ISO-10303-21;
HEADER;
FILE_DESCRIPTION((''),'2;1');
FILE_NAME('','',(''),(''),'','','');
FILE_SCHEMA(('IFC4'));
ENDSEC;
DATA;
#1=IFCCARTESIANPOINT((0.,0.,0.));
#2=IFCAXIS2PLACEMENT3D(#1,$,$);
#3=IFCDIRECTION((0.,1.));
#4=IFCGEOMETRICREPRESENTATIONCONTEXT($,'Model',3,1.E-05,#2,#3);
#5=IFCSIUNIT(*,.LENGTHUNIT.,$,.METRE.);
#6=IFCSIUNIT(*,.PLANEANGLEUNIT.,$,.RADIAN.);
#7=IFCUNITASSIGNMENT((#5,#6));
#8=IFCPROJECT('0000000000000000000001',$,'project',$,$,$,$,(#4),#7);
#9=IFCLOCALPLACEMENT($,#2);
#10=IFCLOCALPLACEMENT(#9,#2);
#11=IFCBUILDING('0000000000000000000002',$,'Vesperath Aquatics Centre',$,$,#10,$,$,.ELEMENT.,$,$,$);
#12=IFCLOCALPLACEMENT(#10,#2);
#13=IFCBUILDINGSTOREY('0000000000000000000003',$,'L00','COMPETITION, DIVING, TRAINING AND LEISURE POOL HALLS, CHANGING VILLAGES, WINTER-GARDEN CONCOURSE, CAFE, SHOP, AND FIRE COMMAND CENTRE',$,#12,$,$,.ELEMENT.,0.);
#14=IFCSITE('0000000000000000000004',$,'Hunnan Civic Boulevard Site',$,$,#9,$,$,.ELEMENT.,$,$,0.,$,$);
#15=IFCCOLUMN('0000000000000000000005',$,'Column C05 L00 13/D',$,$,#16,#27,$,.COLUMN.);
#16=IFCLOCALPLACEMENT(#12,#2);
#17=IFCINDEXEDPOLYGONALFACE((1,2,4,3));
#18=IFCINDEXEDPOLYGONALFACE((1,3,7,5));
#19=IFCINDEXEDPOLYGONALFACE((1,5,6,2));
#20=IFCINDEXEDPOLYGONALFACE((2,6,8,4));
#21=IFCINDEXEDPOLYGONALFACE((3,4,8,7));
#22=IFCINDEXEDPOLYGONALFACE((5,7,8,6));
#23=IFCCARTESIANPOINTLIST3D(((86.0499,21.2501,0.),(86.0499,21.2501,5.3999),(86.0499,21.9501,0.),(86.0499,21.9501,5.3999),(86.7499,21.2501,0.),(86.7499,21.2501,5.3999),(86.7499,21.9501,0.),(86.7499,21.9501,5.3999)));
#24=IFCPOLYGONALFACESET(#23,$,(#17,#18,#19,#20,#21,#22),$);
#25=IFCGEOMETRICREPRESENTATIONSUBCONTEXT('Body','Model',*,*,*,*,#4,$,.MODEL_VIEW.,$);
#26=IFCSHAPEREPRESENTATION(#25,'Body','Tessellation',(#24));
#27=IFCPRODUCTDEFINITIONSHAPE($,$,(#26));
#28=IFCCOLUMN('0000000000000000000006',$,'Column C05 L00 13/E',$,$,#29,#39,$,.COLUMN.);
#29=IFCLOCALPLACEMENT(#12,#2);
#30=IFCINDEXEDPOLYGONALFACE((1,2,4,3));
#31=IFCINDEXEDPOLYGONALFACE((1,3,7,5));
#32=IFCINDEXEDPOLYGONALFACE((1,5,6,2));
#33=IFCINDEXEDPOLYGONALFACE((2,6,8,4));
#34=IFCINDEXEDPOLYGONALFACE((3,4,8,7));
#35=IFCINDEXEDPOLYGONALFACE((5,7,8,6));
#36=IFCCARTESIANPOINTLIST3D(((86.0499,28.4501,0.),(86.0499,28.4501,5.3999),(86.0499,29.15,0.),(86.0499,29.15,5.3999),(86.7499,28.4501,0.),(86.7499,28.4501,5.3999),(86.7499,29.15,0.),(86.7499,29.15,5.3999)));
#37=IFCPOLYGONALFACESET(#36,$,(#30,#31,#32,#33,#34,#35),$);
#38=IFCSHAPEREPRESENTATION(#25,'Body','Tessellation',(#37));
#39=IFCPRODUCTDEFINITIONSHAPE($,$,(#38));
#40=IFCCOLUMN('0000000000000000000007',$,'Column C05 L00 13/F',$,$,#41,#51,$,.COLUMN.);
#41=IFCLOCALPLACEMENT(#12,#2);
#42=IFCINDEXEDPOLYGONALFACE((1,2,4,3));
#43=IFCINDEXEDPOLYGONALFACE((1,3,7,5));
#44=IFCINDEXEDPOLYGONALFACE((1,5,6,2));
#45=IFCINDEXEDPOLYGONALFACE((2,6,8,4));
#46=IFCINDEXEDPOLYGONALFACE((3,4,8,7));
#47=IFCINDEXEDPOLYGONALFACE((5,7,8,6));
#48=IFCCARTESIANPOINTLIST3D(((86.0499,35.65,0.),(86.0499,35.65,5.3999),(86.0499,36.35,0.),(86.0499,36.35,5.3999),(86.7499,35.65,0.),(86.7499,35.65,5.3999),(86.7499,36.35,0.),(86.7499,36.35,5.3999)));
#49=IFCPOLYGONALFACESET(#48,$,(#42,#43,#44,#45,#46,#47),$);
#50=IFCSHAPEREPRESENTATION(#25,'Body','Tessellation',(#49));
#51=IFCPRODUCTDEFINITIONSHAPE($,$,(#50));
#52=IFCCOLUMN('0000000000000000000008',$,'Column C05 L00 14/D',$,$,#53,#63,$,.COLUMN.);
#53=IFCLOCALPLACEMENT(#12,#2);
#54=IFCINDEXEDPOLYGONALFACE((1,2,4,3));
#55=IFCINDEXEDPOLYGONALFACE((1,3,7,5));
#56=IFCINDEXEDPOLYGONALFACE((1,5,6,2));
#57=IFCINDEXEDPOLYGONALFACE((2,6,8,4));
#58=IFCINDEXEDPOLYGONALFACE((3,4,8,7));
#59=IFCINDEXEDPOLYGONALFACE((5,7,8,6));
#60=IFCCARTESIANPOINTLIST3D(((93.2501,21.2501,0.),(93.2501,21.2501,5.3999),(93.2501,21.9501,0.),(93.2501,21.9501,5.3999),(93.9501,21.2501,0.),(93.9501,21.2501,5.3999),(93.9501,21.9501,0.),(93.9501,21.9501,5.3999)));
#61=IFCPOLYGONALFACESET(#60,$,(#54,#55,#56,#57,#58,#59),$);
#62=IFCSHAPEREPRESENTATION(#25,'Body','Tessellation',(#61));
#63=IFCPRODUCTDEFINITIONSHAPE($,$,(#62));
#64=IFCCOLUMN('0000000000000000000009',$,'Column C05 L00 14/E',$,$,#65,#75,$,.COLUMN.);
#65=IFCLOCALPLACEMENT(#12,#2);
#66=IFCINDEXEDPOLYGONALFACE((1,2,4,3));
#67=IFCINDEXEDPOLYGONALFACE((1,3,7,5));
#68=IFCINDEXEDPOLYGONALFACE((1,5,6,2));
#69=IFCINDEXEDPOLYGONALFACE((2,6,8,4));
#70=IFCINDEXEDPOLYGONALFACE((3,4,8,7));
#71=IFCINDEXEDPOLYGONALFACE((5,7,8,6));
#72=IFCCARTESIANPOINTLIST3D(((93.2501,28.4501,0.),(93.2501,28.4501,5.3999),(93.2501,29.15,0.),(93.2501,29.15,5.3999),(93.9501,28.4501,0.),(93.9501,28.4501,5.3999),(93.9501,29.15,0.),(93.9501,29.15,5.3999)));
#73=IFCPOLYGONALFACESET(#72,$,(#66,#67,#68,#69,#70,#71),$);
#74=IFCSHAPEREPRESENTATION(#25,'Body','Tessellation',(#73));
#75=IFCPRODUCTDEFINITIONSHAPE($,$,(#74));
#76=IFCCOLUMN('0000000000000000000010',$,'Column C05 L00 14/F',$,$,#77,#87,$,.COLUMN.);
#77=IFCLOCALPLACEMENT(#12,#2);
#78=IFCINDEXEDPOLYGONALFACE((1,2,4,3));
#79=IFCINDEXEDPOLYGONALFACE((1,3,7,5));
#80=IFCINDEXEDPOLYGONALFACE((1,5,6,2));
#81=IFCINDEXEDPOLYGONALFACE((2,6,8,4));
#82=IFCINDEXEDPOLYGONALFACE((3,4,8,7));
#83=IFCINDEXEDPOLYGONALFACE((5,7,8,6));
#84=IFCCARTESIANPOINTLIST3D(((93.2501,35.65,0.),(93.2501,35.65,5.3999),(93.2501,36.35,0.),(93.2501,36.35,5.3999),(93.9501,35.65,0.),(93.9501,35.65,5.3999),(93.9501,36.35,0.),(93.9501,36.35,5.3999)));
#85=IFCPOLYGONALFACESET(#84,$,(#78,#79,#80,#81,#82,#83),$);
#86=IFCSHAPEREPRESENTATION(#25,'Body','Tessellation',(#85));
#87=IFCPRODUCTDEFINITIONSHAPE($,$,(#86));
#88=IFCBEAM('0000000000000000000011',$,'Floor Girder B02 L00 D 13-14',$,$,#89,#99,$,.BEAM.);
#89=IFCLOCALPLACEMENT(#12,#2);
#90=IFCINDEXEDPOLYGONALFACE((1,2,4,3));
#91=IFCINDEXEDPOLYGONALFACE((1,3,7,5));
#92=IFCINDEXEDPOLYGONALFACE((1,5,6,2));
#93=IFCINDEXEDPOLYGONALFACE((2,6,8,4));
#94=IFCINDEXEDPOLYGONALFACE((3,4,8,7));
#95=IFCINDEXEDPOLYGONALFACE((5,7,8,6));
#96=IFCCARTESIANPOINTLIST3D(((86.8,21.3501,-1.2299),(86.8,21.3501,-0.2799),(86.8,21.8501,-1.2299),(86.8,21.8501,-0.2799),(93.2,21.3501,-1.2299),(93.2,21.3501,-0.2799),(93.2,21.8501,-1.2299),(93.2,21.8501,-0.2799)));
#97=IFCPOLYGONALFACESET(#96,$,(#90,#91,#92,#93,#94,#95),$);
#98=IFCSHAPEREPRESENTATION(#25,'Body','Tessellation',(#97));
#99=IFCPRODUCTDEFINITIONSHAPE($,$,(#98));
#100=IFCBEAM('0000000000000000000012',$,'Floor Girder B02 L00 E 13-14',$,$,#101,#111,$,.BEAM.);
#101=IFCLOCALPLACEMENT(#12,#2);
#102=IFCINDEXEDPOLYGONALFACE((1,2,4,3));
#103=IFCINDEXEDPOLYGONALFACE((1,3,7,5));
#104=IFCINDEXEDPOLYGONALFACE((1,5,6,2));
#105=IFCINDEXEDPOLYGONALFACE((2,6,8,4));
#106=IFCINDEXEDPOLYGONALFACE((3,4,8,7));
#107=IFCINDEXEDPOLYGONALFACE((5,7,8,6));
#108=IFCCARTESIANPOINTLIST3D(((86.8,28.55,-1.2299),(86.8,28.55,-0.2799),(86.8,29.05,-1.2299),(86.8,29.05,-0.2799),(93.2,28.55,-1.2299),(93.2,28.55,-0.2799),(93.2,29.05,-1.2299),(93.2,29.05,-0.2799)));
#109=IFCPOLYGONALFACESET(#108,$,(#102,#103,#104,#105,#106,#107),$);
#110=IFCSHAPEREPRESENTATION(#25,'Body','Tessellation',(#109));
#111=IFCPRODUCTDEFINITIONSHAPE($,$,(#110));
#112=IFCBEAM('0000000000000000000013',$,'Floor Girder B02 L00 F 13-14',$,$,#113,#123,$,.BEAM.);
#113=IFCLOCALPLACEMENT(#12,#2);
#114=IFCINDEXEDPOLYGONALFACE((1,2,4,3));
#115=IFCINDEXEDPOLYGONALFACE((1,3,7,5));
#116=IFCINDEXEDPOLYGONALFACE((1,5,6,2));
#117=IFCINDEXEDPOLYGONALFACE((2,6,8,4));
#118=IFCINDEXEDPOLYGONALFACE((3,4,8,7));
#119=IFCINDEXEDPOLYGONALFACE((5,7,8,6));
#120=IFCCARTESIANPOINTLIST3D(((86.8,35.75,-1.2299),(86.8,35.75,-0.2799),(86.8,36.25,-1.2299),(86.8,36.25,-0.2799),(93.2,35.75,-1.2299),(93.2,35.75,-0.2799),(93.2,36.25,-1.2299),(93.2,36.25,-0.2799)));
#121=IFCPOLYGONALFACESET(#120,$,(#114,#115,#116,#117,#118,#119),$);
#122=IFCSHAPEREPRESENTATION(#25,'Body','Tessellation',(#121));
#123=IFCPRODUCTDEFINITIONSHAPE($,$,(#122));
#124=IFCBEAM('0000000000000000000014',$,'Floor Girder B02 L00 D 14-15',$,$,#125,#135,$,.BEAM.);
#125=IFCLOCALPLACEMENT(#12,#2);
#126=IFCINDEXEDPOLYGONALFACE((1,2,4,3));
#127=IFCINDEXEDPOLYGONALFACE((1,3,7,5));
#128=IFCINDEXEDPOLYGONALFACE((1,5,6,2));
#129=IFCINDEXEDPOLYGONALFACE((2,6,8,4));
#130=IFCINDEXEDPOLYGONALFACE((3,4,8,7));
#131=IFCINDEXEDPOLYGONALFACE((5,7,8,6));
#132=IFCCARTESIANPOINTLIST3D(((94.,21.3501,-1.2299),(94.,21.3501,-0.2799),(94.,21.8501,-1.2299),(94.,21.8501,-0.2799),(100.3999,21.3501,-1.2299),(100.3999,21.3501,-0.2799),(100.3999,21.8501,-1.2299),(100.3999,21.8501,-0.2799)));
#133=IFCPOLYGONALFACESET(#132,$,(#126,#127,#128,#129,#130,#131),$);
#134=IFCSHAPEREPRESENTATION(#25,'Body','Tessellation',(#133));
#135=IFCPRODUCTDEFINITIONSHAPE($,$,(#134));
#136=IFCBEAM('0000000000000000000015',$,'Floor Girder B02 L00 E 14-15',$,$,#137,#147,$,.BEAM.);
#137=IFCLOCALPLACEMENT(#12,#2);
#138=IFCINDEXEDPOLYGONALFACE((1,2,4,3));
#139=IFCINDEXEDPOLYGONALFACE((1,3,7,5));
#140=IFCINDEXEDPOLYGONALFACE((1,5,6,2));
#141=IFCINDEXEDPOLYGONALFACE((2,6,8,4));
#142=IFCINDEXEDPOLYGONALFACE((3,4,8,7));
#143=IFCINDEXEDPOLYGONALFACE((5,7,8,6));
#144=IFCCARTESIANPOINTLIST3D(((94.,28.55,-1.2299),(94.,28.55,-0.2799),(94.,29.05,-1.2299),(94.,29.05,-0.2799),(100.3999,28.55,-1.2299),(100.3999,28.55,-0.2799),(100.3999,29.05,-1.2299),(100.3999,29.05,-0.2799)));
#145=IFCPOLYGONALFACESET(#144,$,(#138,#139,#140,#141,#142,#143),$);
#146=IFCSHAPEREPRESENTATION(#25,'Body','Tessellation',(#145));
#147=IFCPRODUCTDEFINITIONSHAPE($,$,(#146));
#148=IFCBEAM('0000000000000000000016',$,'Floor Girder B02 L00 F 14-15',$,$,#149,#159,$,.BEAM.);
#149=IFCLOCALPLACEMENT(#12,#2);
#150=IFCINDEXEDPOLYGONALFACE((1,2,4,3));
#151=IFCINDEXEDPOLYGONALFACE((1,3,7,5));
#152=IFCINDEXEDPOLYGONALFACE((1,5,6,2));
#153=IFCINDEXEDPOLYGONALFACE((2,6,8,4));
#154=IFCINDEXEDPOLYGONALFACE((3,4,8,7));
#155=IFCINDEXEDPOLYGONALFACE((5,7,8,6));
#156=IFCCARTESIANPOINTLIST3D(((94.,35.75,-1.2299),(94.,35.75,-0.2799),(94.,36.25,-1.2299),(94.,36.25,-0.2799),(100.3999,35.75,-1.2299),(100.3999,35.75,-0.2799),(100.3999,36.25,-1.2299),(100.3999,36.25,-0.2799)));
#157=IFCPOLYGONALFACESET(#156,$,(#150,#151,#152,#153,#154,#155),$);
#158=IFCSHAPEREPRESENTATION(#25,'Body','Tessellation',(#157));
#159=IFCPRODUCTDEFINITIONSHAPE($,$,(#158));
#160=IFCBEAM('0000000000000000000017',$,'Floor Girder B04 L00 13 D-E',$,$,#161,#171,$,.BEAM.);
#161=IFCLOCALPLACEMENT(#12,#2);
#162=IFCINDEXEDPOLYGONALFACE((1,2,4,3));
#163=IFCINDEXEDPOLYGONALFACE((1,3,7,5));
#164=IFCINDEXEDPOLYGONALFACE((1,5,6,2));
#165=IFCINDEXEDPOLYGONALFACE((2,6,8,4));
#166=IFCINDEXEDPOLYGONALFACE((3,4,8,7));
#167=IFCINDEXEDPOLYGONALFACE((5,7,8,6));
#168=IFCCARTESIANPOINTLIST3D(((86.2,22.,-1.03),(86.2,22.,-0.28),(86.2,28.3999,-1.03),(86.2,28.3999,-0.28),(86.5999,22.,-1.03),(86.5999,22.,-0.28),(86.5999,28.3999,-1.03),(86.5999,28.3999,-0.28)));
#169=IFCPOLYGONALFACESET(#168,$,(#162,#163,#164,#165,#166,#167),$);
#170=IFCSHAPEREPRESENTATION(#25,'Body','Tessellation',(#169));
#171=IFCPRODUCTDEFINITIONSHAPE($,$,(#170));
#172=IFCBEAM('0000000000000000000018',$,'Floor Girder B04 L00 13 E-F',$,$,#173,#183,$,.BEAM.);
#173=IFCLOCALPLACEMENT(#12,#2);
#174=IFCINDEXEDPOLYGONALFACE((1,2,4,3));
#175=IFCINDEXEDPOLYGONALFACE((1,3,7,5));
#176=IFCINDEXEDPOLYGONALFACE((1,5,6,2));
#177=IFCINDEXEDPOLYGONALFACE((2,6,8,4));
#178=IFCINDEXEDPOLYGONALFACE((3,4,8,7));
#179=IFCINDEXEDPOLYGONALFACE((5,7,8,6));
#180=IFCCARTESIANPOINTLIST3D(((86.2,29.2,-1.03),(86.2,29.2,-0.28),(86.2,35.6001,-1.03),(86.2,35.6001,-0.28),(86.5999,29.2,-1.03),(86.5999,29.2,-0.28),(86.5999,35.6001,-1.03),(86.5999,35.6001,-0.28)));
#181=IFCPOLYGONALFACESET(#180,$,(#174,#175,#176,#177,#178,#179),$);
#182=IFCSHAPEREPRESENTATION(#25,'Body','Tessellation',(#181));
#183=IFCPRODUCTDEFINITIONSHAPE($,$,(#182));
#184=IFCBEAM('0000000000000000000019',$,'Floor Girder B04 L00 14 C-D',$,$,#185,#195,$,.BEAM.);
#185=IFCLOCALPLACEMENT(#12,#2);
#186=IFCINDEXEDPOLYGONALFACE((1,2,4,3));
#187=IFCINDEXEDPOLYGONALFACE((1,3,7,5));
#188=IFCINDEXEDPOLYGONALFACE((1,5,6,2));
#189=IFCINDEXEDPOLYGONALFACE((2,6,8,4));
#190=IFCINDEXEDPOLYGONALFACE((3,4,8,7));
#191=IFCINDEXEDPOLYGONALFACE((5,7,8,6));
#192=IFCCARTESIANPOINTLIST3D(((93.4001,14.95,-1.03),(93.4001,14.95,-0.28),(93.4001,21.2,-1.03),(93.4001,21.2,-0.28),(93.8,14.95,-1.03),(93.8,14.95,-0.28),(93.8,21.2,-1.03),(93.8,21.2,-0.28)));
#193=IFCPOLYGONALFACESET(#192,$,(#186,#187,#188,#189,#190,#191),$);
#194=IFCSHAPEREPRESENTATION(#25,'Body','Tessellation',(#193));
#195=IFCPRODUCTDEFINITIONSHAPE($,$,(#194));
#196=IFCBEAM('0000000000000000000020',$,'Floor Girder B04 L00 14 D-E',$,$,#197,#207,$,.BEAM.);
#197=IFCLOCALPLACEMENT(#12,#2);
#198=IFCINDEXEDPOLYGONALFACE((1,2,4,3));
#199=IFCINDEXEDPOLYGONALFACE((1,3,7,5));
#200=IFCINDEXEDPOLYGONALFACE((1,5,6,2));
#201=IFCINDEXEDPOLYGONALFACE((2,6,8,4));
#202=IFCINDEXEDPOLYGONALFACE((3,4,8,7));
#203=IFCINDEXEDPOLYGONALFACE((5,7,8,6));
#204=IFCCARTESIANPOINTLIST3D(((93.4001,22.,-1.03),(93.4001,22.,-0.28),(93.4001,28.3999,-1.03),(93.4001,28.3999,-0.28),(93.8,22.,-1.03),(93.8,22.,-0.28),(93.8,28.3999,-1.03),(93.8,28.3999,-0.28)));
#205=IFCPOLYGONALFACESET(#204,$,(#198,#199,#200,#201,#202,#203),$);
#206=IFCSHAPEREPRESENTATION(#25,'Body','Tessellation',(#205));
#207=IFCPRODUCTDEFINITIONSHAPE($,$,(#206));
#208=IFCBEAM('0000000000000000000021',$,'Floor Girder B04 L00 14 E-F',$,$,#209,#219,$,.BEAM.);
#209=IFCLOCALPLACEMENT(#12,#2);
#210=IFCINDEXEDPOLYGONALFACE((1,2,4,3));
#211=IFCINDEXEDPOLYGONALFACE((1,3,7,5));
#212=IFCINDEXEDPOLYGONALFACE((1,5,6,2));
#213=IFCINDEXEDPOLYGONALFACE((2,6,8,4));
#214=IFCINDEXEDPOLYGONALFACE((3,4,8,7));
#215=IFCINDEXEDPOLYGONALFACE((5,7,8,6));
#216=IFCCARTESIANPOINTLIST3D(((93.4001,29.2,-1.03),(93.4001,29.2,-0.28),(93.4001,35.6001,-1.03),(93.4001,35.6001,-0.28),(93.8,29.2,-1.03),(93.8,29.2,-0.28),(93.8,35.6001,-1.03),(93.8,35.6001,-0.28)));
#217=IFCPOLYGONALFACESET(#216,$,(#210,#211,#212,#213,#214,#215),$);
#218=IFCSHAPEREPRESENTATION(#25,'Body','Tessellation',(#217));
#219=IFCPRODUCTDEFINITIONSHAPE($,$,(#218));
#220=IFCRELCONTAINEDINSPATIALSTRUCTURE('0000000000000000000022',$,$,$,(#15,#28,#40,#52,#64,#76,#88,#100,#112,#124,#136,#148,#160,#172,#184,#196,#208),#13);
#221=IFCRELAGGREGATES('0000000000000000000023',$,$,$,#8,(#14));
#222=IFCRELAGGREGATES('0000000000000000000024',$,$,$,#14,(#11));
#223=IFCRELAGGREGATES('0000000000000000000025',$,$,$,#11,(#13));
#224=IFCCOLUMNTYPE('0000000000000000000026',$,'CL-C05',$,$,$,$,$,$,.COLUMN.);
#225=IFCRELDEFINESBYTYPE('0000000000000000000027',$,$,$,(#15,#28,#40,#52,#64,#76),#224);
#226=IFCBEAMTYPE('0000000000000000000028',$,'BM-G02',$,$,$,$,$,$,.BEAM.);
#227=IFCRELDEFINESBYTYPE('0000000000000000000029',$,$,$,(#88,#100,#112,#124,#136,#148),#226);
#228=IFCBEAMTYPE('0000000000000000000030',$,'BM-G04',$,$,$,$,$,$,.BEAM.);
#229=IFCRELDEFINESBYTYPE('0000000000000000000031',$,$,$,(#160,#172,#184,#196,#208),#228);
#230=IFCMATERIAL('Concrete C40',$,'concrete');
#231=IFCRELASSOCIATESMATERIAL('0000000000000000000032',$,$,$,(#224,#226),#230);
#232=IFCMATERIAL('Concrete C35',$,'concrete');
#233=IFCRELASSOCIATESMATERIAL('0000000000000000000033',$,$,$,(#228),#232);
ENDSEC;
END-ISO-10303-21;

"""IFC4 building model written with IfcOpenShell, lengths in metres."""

from ifc_helpers import new_model, si_unit, direction, frame, origin, origin_2d, place, context, subcontext, project, spatial, rectangle, extrude, material, material_profile, profile_set, type_object, element, save


model = new_model("IFC4")

# Units and contexts
model_context = context("Model", 3, precision=1e-05, world=origin(), true_north=direction((0.0, 1.0)))
body_context = subcontext(model_context, "Body", "Model", "MODEL_VIEW")
ifc_project = project(units=[si_unit("LENGTHUNIT", "METRE"), si_unit("PLANEANGLEUNIT", "RADIAN")], contexts=[model_context])

# Site, building, storey
site_placement = place(None, origin())
site = spatial("IfcSite", under=ifc_project, at=site_placement, Name="Hunnan Civic Boulevard Site", CompositionType="ELEMENT", RefElevation=0.0)
building_placement = place(site_placement, origin())
building = spatial("IfcBuilding", under=site, at=building_placement, Name="Vesperath Aquatics Centre", CompositionType="ELEMENT")
storey_placement = place(building_placement, origin())
storey = spatial("IfcBuildingStorey", under=building, at=storey_placement, Name="L00", Description="COMPETITION, DIVING, TRAINING AND LEISURE POOL HALLS, CHANGING VILLAGES, WINTER-GARDEN CONCOURSE, CAFE, SHOP, AND FIRE COMMAND CENTRE", CompositionType="ELEMENT", Elevation=0.0)

# Columns
ifc_material_1 = material(Name="Concrete C40", Category="concrete")
ifc_material_profile_1 = material_profile(ifc_material_1, rectangle(XDim=0.7, YDim=0.7, at=origin_2d()), Name="RC 700x700")
ifc_profile_set_1 = profile_set([ifc_material_profile_1], Name="Concrete C40")
column_type = type_object("IfcColumnType", Name="CL-C05", PredefinedType="COLUMN", material=ifc_profile_set_1)
for number, where, z_axis, x_axis, name in (
    (1, (86.3999, 21.6001, 0.0), (0.0, 0.0, 1.0), (1.0, 0.0, 0.0), "Column C05 L00 13/D"),
    (2, (86.3999, 28.8, 0.0), (0.0, 0.0, 1.0), (1.0, 0.0, 0.0), "Column C05 L00 13/E"),
    (3, (86.3999, 36.0, 0.0), (0.0, 0.0, 1.0), (1.0, 0.0, 0.0), "Column C05 L00 13/F"),
    (4, (93.6001, 21.6001, 0.0), (0.0, 0.0, 1.0), (1.0, 0.0, 0.0), "Column C05 L00 14/D"),
    (5, (93.6001, 28.8, 0.0), (0.0, 0.0, 1.0), (1.0, 0.0, 0.0), "Column C05 L00 14/E"),
    (6, (93.6001, 36.0, 0.0), (0.0, 0.0, 1.0), (1.0, 0.0, 0.0), "Column C05 L00 14/F"),
):
    element("IfcColumn", number, at=place(storey_placement, frame(where, z_axis=z_axis, x_axis=x_axis)), inside=storey, type_object=column_type, Name=name, PredefinedType="COLUMN", context=body_context, shape_type="SweptSolid", body=[
        extrude(rectangle(XDim=0.7, YDim=0.7, at=origin_2d()), origin(), (0.0, 0.0, 1.0), 5.3999),
    ])

# Beams
ifc_material_profile_2 = material_profile(ifc_material_1, rectangle(XDim=0.5, YDim=0.95, at=origin_2d()), Name="RC 500x950")
ifc_profile_set_2 = profile_set([ifc_material_profile_2], Name="Concrete C40")
beam_type_1 = type_object("IfcBeamType", Name="BM-G02", PredefinedType="BEAM", material=ifc_profile_set_2)
for number, where, z_axis, x_axis, name in (
    (7, (86.8, 21.6001, -0.7549), (1.0, 0.0, 0.0), (0.0, 1.0, 0.0), "Floor Girder B02 L00 D 13-14"),
    (8, (86.8, 28.8, -0.7549), (1.0, 0.0, 0.0), (0.0, 1.0, 0.0), "Floor Girder B02 L00 E 13-14"),
    (9, (86.8, 36.0, -0.7549), (1.0, 0.0, 0.0), (0.0, 1.0, 0.0), "Floor Girder B02 L00 F 13-14"),
    (10, (94.0, 21.6001, -0.7549), (1.0, 0.0, 0.0), (0.0, 1.0, 0.0), "Floor Girder B02 L00 D 14-15"),
    (11, (94.0, 28.8, -0.7549), (1.0, 0.0, 0.0), (0.0, 1.0, 0.0), "Floor Girder B02 L00 E 14-15"),
    (12, (94.0, 36.0, -0.7549), (1.0, 0.0, 0.0), (0.0, 1.0, 0.0), "Floor Girder B02 L00 F 14-15"),
):
    element("IfcBeam", number, at=place(storey_placement, frame(where, z_axis=z_axis, x_axis=x_axis)), inside=storey, type_object=beam_type_1, Name=name, PredefinedType="BEAM", context=body_context, shape_type="SweptSolid", body=[
        extrude(rectangle(XDim=0.5, YDim=0.95, at=origin_2d()), origin(), (0.0, 0.0, 1.0), 6.3999),
    ])
ifc_material_2 = material(Name="Concrete C35", Category="concrete")
ifc_material_profile_3 = material_profile(ifc_material_2, rectangle(XDim=0.3999, YDim=0.75, at=origin_2d()), Name="RC 400x750")
ifc_profile_set_3 = profile_set([ifc_material_profile_3], Name="Concrete C35")
beam_type_2 = type_object("IfcBeamType", Name="BM-G04", PredefinedType="BEAM", material=ifc_profile_set_3)
beam_1_placement = place(storey_placement, frame((86.3999, 22.0, -0.655), z_axis=(0.0, 1.0, 0.0), x_axis=(-1.0, 0.0, 0.0)))
element("IfcBeam", 13, at=beam_1_placement, inside=storey, type_object=beam_type_2, Name="Floor Girder B04 L00 13 D-E", PredefinedType="BEAM", context=body_context, shape_type="SweptSolid", body=[
    extrude(rectangle(XDim=0.3999, YDim=0.75, at=origin_2d()), origin(), (0.0, 0.0, 1.0), 6.3999),
])
beam_2_placement = place(storey_placement, frame((86.3999, 29.2, -0.655), z_axis=(0.0, 1.0, 0.0), x_axis=(-1.0, 0.0, 0.0)))
element("IfcBeam", 14, at=beam_2_placement, inside=storey, type_object=beam_type_2, Name="Floor Girder B04 L00 13 E-F", PredefinedType="BEAM", context=body_context, shape_type="SweptSolid", body=[
    extrude(rectangle(XDim=0.3999, YDim=0.75, at=origin_2d()), origin(), (0.0, 0.0, 1.0), 6.4001),
])
beam_3_placement = place(storey_placement, frame((93.6001, 14.95, -0.655), z_axis=(0.0, 1.0, 0.0), x_axis=(-1.0, 0.0, 0.0)))
element("IfcBeam", 15, at=beam_3_placement, inside=storey, type_object=beam_type_2, Name="Floor Girder B04 L00 14 C-D", PredefinedType="BEAM", context=body_context, shape_type="SweptSolid", body=[
    extrude(rectangle(XDim=0.3999, YDim=0.75, at=origin_2d()), origin(), (0.0, 0.0, 1.0), 6.25),
])
beam_4_placement = place(storey_placement, frame((93.6001, 22.0, -0.655), z_axis=(0.0, 1.0, 0.0), x_axis=(-1.0, 0.0, 0.0)))
element("IfcBeam", 16, at=beam_4_placement, inside=storey, type_object=beam_type_2, Name="Floor Girder B04 L00 14 D-E", PredefinedType="BEAM", context=body_context, shape_type="SweptSolid", body=[
    extrude(rectangle(XDim=0.3999, YDim=0.75, at=origin_2d()), origin(), (0.0, 0.0, 1.0), 6.3999),
])
for number, where, z_axis, x_axis, name in (
    (17, (93.6001, 29.2, -0.655), (0.0, 1.0, 0.0), (-1.0, 0.0, 0.0), "Floor Girder B04 L00 14 E-F"),
):
    element("IfcBeam", number, at=place(storey_placement, frame(where, z_axis=z_axis, x_axis=x_axis)), inside=storey, type_object=beam_type_2, Name=name, PredefinedType="BEAM", context=body_context, shape_type="SweptSolid", body=[
        extrude(rectangle(XDim=0.3999, YDim=0.75, at=origin_2d()), origin(), (0.0, 0.0, 1.0), 6.4001),
    ])

save(model, "model.ifc")
